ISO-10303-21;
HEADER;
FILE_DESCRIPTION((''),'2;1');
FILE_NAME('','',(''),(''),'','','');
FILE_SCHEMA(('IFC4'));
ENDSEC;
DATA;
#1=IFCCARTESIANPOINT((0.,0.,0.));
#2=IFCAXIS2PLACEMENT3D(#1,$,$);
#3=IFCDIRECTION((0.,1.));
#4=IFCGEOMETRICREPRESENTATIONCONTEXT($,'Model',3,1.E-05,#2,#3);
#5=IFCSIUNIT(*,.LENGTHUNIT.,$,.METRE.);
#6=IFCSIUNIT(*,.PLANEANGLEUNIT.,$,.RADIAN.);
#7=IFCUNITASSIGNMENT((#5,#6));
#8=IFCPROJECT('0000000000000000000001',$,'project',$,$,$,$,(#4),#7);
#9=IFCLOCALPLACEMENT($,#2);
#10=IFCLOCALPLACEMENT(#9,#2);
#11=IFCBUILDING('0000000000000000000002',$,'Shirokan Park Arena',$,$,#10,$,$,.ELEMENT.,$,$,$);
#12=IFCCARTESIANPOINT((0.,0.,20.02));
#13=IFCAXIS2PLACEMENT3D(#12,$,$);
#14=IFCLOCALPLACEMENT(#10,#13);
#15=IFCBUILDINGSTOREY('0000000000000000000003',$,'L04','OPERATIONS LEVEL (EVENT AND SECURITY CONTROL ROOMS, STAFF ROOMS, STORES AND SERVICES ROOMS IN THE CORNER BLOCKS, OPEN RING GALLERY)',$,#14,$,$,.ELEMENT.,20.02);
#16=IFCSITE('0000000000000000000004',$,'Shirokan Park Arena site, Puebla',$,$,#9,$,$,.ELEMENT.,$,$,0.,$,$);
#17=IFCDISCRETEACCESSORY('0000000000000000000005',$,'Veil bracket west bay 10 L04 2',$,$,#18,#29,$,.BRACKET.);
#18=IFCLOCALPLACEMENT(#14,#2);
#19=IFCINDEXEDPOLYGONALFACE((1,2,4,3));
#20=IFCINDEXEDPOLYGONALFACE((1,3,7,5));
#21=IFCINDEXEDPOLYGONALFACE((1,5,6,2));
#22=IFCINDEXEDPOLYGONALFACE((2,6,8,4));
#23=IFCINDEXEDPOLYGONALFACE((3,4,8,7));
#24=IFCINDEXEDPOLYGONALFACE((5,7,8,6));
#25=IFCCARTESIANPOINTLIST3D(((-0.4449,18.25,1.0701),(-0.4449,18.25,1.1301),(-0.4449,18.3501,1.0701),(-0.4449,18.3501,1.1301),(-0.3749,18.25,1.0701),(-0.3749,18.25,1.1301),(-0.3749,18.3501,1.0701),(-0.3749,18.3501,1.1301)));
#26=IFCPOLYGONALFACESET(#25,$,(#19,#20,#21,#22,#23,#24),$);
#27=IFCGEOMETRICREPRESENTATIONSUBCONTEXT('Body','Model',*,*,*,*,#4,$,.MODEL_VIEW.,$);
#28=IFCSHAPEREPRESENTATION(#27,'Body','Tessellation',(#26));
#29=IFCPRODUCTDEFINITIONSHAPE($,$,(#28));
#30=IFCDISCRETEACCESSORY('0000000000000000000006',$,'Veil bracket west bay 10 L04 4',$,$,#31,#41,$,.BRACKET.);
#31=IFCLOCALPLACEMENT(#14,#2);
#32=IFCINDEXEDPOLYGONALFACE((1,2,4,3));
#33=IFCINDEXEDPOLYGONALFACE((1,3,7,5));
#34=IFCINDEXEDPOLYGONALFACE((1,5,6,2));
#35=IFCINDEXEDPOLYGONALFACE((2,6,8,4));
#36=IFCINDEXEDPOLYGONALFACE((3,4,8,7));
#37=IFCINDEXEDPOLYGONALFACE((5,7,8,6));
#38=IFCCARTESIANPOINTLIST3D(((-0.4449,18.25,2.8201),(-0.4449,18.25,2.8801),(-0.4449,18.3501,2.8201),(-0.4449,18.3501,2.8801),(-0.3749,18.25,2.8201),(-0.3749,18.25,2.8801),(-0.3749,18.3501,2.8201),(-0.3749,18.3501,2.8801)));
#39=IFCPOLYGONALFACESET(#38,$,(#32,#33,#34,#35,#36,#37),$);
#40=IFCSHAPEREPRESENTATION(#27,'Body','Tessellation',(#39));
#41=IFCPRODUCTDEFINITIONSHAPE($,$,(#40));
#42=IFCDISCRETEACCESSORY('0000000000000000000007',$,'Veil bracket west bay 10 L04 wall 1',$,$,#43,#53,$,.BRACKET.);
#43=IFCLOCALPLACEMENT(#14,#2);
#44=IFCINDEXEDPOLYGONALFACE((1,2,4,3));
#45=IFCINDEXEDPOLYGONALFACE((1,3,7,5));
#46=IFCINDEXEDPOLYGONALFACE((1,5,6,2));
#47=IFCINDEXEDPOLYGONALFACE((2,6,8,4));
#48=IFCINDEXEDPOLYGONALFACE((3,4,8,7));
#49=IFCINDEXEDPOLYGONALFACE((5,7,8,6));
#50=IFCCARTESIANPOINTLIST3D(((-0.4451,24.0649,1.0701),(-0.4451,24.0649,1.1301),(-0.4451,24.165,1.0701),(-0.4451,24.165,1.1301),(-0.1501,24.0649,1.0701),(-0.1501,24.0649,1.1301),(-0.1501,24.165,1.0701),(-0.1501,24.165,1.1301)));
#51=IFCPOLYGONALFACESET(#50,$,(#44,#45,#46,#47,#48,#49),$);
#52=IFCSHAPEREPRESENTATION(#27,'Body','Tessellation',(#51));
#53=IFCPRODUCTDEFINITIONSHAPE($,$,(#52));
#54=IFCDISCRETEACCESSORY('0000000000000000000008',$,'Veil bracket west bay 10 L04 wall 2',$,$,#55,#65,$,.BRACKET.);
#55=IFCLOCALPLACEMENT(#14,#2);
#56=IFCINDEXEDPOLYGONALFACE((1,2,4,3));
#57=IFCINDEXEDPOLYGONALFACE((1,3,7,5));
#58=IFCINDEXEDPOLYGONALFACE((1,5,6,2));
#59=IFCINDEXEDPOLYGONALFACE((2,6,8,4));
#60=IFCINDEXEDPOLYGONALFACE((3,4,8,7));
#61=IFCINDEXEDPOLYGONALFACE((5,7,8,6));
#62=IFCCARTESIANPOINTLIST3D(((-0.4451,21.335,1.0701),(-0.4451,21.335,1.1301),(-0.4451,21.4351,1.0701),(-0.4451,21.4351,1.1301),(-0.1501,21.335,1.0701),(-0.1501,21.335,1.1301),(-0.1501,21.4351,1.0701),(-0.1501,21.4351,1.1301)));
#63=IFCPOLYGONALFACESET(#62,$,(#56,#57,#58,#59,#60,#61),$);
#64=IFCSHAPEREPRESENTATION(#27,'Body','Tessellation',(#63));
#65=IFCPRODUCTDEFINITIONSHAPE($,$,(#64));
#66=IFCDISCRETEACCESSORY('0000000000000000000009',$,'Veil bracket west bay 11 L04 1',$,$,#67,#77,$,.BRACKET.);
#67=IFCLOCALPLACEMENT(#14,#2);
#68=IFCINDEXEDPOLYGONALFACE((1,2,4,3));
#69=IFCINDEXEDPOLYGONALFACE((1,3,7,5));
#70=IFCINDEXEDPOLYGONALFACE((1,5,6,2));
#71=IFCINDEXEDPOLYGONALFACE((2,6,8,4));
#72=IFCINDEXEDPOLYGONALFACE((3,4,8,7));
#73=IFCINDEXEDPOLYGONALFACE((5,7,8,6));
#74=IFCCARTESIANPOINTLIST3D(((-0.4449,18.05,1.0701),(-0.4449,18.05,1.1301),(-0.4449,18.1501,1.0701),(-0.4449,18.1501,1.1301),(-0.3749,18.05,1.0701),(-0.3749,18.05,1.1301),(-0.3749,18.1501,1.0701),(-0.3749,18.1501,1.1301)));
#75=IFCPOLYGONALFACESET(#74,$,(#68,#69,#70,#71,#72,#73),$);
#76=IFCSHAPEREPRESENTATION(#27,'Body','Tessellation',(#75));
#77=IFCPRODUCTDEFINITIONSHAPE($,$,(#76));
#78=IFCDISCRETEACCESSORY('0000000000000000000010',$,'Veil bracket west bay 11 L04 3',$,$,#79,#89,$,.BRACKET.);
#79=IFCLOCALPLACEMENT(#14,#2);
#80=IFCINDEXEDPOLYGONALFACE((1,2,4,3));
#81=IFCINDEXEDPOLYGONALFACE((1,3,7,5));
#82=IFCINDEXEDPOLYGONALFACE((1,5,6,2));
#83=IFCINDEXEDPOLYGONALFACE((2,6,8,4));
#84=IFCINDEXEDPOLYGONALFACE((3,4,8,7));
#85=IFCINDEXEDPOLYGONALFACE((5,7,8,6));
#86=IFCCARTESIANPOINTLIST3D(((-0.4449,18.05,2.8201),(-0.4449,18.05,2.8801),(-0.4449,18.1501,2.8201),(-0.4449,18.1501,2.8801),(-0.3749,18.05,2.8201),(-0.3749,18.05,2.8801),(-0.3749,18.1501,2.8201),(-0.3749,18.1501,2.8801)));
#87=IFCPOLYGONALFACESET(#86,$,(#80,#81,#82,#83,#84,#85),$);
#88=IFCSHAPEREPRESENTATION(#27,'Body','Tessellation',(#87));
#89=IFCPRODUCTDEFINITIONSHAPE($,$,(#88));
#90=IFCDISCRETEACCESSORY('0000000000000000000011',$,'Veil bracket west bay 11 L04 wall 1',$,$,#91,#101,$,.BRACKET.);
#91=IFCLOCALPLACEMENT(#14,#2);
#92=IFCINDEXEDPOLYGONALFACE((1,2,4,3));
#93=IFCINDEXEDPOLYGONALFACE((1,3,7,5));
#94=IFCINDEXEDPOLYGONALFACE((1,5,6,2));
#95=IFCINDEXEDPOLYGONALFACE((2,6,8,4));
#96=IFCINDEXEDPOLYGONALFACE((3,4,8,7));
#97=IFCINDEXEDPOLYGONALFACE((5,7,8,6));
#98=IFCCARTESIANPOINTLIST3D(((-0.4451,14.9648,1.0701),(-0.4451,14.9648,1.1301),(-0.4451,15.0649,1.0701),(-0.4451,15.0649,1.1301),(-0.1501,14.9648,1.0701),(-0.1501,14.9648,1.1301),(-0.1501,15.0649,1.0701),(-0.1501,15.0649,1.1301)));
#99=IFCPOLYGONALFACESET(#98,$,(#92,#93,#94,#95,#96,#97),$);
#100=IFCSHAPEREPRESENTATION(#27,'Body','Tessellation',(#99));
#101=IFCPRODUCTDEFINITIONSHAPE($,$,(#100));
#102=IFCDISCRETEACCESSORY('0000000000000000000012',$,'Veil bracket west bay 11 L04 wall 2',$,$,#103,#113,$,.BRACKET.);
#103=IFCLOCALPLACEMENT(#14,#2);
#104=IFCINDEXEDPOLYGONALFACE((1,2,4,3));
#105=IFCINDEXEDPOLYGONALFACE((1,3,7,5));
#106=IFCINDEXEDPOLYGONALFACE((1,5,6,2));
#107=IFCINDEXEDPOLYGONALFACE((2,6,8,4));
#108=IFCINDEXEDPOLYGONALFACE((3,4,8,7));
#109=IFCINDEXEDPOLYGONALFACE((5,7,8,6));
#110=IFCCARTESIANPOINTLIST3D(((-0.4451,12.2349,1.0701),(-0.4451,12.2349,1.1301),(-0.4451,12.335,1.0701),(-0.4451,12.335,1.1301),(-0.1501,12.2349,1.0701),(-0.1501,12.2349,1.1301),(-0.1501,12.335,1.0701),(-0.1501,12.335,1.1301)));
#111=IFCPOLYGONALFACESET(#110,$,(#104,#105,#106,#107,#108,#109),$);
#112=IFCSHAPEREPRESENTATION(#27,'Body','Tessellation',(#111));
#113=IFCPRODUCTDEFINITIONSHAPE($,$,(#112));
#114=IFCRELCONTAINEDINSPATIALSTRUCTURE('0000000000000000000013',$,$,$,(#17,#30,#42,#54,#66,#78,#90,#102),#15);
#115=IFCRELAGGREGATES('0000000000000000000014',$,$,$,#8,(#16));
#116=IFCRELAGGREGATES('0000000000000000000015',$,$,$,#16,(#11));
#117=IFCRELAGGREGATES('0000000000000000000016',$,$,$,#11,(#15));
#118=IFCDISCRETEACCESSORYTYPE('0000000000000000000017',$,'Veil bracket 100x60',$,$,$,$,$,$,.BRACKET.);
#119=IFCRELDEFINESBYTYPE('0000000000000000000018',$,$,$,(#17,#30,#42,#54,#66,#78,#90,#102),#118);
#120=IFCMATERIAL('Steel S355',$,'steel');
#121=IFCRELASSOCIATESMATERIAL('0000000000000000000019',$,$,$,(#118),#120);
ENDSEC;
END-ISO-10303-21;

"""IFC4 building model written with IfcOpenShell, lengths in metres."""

from ifc_helpers import new_model, si_unit, direction, frame, origin, origin_2d, place, context, subcontext, project, spatial, rectangle, extrude, material, type_object, element, save


model = new_model("IFC4")

# Units and contexts
model_context = context("Model", 3, precision=1e-05, world=origin(), true_north=direction((0.0, 1.0)))
body_context = subcontext(model_context, "Body", "Model", "MODEL_VIEW")
ifc_project = project(units=[si_unit("LENGTHUNIT", "METRE"), si_unit("PLANEANGLEUNIT", "RADIAN")], contexts=[model_context])

# Site, building, storey
site_placement = place(None, origin())
site = spatial("IfcSite", under=ifc_project, at=site_placement, Name="Shirokan Park Arena site, Puebla", CompositionType="ELEMENT", RefElevation=0.0)
building_placement = place(site_placement, origin())
building = spatial("IfcBuilding", under=site, at=building_placement, Name="Shirokan Park Arena", CompositionType="ELEMENT")
storey_placement = place(building_placement, frame((0.0, 0.0, 20.02)))
storey = spatial("IfcBuildingStorey", under=building, at=storey_placement, Name="L04", Description="OPERATIONS LEVEL (EVENT AND SECURITY CONTROL ROOMS, STAFF ROOMS, STORES AND SERVICES ROOMS IN THE CORNER BLOCKS, OPEN RING GALLERY)", CompositionType="ELEMENT", Elevation=20.02)

# Discrete accessories
ifc_material_1 = material(Name="Steel S355", Category="steel")
discrete_accessory_type = type_object("IfcDiscreteAccessoryType", Name="Veil bracket 100x60", PredefinedType="BRACKET", material=ifc_material_1)
for number, where, z_axis, x_axis, name in (
    (1, (-0.4099, 18.3, 1.0701), (0.0, 0.0, 1.0), (0.0, -1.0, 0.0), "Veil bracket west bay 10 L04 2"),
    (2, (-0.4099, 18.3, 2.8201), (0.0, 0.0, 1.0), (0.0, -1.0, 0.0), "Veil bracket west bay 10 L04 4"),
):
    element("IfcDiscreteAccessory", number, at=place(storey_placement, frame(where, z_axis=z_axis, x_axis=x_axis)), inside=storey, type_object=discrete_accessory_type, Name=name, PredefinedType="BRACKET", context=body_context, shape_type="SweptSolid", body=[
        extrude(rectangle(XDim=0.1001, YDim=0.0701, at=origin_2d()), origin(), (0.0, 0.0, 1.0), 0.0601),
    ])
for number, where, z_axis, x_axis, name in (
    (3, (-0.2976, 24.115, 1.0701), (0.0, 0.0, 1.0), (0.0, -1.0, 0.0), "Veil bracket west bay 10 L04 wall 1"),
    (4, (-0.2976, 21.385, 1.0701), (0.0, 0.0, 1.0), (0.0, -1.0, 0.0), "Veil bracket west bay 10 L04 wall 2"),
):
    element("IfcDiscreteAccessory", number, at=place(storey_placement, frame(where, z_axis=z_axis, x_axis=x_axis)), inside=storey, type_object=discrete_accessory_type, Name=name, PredefinedType="BRACKET", context=body_context, shape_type="SweptSolid", body=[
        extrude(rectangle(XDim=0.1001, YDim=0.2949, at=origin_2d()), origin(), (0.0, 0.0, 1.0), 0.0601),
    ])
for number, where, z_axis, x_axis, name in (
    (5, (-0.4099, 18.1001, 1.0701), (0.0, 0.0, 1.0), (0.0, -1.0, 0.0), "Veil bracket west bay 11 L04 1"),
    (6, (-0.4099, 18.1001, 2.8201), (0.0, 0.0, 1.0), (0.0, -1.0, 0.0), "Veil bracket west bay 11 L04 3"),
):
    element("IfcDiscreteAccessory", number, at=place(storey_placement, frame(where, z_axis=z_axis, x_axis=x_axis)), inside=storey, type_object=discrete_accessory_type, Name=name, PredefinedType="BRACKET", context=body_context, shape_type="SweptSolid", body=[
        extrude(rectangle(XDim=0.1001, YDim=0.0701, at=origin_2d()), origin(), (0.0, 0.0, 1.0), 0.0601),
    ])
for number, where, z_axis, x_axis, name in (
    (7, (-0.2976, 15.0149, 1.0701), (0.0, 0.0, 1.0), (0.0, -1.0, 0.0), "Veil bracket west bay 11 L04 wall 1"),
    (8, (-0.2976, 12.2849, 1.0701), (0.0, 0.0, 1.0), (0.0, -1.0, 0.0), "Veil bracket west bay 11 L04 wall 2"),
):
    element("IfcDiscreteAccessory", number, at=place(storey_placement, frame(where, z_axis=z_axis, x_axis=x_axis)), inside=storey, type_object=discrete_accessory_type, Name=name, PredefinedType="BRACKET", context=body_context, shape_type="SweptSolid", body=[
        extrude(rectangle(XDim=0.1001, YDim=0.2949, at=origin_2d()), origin(), (0.0, 0.0, 1.0), 0.0601),
    ])

save(model, "model.ifc")
